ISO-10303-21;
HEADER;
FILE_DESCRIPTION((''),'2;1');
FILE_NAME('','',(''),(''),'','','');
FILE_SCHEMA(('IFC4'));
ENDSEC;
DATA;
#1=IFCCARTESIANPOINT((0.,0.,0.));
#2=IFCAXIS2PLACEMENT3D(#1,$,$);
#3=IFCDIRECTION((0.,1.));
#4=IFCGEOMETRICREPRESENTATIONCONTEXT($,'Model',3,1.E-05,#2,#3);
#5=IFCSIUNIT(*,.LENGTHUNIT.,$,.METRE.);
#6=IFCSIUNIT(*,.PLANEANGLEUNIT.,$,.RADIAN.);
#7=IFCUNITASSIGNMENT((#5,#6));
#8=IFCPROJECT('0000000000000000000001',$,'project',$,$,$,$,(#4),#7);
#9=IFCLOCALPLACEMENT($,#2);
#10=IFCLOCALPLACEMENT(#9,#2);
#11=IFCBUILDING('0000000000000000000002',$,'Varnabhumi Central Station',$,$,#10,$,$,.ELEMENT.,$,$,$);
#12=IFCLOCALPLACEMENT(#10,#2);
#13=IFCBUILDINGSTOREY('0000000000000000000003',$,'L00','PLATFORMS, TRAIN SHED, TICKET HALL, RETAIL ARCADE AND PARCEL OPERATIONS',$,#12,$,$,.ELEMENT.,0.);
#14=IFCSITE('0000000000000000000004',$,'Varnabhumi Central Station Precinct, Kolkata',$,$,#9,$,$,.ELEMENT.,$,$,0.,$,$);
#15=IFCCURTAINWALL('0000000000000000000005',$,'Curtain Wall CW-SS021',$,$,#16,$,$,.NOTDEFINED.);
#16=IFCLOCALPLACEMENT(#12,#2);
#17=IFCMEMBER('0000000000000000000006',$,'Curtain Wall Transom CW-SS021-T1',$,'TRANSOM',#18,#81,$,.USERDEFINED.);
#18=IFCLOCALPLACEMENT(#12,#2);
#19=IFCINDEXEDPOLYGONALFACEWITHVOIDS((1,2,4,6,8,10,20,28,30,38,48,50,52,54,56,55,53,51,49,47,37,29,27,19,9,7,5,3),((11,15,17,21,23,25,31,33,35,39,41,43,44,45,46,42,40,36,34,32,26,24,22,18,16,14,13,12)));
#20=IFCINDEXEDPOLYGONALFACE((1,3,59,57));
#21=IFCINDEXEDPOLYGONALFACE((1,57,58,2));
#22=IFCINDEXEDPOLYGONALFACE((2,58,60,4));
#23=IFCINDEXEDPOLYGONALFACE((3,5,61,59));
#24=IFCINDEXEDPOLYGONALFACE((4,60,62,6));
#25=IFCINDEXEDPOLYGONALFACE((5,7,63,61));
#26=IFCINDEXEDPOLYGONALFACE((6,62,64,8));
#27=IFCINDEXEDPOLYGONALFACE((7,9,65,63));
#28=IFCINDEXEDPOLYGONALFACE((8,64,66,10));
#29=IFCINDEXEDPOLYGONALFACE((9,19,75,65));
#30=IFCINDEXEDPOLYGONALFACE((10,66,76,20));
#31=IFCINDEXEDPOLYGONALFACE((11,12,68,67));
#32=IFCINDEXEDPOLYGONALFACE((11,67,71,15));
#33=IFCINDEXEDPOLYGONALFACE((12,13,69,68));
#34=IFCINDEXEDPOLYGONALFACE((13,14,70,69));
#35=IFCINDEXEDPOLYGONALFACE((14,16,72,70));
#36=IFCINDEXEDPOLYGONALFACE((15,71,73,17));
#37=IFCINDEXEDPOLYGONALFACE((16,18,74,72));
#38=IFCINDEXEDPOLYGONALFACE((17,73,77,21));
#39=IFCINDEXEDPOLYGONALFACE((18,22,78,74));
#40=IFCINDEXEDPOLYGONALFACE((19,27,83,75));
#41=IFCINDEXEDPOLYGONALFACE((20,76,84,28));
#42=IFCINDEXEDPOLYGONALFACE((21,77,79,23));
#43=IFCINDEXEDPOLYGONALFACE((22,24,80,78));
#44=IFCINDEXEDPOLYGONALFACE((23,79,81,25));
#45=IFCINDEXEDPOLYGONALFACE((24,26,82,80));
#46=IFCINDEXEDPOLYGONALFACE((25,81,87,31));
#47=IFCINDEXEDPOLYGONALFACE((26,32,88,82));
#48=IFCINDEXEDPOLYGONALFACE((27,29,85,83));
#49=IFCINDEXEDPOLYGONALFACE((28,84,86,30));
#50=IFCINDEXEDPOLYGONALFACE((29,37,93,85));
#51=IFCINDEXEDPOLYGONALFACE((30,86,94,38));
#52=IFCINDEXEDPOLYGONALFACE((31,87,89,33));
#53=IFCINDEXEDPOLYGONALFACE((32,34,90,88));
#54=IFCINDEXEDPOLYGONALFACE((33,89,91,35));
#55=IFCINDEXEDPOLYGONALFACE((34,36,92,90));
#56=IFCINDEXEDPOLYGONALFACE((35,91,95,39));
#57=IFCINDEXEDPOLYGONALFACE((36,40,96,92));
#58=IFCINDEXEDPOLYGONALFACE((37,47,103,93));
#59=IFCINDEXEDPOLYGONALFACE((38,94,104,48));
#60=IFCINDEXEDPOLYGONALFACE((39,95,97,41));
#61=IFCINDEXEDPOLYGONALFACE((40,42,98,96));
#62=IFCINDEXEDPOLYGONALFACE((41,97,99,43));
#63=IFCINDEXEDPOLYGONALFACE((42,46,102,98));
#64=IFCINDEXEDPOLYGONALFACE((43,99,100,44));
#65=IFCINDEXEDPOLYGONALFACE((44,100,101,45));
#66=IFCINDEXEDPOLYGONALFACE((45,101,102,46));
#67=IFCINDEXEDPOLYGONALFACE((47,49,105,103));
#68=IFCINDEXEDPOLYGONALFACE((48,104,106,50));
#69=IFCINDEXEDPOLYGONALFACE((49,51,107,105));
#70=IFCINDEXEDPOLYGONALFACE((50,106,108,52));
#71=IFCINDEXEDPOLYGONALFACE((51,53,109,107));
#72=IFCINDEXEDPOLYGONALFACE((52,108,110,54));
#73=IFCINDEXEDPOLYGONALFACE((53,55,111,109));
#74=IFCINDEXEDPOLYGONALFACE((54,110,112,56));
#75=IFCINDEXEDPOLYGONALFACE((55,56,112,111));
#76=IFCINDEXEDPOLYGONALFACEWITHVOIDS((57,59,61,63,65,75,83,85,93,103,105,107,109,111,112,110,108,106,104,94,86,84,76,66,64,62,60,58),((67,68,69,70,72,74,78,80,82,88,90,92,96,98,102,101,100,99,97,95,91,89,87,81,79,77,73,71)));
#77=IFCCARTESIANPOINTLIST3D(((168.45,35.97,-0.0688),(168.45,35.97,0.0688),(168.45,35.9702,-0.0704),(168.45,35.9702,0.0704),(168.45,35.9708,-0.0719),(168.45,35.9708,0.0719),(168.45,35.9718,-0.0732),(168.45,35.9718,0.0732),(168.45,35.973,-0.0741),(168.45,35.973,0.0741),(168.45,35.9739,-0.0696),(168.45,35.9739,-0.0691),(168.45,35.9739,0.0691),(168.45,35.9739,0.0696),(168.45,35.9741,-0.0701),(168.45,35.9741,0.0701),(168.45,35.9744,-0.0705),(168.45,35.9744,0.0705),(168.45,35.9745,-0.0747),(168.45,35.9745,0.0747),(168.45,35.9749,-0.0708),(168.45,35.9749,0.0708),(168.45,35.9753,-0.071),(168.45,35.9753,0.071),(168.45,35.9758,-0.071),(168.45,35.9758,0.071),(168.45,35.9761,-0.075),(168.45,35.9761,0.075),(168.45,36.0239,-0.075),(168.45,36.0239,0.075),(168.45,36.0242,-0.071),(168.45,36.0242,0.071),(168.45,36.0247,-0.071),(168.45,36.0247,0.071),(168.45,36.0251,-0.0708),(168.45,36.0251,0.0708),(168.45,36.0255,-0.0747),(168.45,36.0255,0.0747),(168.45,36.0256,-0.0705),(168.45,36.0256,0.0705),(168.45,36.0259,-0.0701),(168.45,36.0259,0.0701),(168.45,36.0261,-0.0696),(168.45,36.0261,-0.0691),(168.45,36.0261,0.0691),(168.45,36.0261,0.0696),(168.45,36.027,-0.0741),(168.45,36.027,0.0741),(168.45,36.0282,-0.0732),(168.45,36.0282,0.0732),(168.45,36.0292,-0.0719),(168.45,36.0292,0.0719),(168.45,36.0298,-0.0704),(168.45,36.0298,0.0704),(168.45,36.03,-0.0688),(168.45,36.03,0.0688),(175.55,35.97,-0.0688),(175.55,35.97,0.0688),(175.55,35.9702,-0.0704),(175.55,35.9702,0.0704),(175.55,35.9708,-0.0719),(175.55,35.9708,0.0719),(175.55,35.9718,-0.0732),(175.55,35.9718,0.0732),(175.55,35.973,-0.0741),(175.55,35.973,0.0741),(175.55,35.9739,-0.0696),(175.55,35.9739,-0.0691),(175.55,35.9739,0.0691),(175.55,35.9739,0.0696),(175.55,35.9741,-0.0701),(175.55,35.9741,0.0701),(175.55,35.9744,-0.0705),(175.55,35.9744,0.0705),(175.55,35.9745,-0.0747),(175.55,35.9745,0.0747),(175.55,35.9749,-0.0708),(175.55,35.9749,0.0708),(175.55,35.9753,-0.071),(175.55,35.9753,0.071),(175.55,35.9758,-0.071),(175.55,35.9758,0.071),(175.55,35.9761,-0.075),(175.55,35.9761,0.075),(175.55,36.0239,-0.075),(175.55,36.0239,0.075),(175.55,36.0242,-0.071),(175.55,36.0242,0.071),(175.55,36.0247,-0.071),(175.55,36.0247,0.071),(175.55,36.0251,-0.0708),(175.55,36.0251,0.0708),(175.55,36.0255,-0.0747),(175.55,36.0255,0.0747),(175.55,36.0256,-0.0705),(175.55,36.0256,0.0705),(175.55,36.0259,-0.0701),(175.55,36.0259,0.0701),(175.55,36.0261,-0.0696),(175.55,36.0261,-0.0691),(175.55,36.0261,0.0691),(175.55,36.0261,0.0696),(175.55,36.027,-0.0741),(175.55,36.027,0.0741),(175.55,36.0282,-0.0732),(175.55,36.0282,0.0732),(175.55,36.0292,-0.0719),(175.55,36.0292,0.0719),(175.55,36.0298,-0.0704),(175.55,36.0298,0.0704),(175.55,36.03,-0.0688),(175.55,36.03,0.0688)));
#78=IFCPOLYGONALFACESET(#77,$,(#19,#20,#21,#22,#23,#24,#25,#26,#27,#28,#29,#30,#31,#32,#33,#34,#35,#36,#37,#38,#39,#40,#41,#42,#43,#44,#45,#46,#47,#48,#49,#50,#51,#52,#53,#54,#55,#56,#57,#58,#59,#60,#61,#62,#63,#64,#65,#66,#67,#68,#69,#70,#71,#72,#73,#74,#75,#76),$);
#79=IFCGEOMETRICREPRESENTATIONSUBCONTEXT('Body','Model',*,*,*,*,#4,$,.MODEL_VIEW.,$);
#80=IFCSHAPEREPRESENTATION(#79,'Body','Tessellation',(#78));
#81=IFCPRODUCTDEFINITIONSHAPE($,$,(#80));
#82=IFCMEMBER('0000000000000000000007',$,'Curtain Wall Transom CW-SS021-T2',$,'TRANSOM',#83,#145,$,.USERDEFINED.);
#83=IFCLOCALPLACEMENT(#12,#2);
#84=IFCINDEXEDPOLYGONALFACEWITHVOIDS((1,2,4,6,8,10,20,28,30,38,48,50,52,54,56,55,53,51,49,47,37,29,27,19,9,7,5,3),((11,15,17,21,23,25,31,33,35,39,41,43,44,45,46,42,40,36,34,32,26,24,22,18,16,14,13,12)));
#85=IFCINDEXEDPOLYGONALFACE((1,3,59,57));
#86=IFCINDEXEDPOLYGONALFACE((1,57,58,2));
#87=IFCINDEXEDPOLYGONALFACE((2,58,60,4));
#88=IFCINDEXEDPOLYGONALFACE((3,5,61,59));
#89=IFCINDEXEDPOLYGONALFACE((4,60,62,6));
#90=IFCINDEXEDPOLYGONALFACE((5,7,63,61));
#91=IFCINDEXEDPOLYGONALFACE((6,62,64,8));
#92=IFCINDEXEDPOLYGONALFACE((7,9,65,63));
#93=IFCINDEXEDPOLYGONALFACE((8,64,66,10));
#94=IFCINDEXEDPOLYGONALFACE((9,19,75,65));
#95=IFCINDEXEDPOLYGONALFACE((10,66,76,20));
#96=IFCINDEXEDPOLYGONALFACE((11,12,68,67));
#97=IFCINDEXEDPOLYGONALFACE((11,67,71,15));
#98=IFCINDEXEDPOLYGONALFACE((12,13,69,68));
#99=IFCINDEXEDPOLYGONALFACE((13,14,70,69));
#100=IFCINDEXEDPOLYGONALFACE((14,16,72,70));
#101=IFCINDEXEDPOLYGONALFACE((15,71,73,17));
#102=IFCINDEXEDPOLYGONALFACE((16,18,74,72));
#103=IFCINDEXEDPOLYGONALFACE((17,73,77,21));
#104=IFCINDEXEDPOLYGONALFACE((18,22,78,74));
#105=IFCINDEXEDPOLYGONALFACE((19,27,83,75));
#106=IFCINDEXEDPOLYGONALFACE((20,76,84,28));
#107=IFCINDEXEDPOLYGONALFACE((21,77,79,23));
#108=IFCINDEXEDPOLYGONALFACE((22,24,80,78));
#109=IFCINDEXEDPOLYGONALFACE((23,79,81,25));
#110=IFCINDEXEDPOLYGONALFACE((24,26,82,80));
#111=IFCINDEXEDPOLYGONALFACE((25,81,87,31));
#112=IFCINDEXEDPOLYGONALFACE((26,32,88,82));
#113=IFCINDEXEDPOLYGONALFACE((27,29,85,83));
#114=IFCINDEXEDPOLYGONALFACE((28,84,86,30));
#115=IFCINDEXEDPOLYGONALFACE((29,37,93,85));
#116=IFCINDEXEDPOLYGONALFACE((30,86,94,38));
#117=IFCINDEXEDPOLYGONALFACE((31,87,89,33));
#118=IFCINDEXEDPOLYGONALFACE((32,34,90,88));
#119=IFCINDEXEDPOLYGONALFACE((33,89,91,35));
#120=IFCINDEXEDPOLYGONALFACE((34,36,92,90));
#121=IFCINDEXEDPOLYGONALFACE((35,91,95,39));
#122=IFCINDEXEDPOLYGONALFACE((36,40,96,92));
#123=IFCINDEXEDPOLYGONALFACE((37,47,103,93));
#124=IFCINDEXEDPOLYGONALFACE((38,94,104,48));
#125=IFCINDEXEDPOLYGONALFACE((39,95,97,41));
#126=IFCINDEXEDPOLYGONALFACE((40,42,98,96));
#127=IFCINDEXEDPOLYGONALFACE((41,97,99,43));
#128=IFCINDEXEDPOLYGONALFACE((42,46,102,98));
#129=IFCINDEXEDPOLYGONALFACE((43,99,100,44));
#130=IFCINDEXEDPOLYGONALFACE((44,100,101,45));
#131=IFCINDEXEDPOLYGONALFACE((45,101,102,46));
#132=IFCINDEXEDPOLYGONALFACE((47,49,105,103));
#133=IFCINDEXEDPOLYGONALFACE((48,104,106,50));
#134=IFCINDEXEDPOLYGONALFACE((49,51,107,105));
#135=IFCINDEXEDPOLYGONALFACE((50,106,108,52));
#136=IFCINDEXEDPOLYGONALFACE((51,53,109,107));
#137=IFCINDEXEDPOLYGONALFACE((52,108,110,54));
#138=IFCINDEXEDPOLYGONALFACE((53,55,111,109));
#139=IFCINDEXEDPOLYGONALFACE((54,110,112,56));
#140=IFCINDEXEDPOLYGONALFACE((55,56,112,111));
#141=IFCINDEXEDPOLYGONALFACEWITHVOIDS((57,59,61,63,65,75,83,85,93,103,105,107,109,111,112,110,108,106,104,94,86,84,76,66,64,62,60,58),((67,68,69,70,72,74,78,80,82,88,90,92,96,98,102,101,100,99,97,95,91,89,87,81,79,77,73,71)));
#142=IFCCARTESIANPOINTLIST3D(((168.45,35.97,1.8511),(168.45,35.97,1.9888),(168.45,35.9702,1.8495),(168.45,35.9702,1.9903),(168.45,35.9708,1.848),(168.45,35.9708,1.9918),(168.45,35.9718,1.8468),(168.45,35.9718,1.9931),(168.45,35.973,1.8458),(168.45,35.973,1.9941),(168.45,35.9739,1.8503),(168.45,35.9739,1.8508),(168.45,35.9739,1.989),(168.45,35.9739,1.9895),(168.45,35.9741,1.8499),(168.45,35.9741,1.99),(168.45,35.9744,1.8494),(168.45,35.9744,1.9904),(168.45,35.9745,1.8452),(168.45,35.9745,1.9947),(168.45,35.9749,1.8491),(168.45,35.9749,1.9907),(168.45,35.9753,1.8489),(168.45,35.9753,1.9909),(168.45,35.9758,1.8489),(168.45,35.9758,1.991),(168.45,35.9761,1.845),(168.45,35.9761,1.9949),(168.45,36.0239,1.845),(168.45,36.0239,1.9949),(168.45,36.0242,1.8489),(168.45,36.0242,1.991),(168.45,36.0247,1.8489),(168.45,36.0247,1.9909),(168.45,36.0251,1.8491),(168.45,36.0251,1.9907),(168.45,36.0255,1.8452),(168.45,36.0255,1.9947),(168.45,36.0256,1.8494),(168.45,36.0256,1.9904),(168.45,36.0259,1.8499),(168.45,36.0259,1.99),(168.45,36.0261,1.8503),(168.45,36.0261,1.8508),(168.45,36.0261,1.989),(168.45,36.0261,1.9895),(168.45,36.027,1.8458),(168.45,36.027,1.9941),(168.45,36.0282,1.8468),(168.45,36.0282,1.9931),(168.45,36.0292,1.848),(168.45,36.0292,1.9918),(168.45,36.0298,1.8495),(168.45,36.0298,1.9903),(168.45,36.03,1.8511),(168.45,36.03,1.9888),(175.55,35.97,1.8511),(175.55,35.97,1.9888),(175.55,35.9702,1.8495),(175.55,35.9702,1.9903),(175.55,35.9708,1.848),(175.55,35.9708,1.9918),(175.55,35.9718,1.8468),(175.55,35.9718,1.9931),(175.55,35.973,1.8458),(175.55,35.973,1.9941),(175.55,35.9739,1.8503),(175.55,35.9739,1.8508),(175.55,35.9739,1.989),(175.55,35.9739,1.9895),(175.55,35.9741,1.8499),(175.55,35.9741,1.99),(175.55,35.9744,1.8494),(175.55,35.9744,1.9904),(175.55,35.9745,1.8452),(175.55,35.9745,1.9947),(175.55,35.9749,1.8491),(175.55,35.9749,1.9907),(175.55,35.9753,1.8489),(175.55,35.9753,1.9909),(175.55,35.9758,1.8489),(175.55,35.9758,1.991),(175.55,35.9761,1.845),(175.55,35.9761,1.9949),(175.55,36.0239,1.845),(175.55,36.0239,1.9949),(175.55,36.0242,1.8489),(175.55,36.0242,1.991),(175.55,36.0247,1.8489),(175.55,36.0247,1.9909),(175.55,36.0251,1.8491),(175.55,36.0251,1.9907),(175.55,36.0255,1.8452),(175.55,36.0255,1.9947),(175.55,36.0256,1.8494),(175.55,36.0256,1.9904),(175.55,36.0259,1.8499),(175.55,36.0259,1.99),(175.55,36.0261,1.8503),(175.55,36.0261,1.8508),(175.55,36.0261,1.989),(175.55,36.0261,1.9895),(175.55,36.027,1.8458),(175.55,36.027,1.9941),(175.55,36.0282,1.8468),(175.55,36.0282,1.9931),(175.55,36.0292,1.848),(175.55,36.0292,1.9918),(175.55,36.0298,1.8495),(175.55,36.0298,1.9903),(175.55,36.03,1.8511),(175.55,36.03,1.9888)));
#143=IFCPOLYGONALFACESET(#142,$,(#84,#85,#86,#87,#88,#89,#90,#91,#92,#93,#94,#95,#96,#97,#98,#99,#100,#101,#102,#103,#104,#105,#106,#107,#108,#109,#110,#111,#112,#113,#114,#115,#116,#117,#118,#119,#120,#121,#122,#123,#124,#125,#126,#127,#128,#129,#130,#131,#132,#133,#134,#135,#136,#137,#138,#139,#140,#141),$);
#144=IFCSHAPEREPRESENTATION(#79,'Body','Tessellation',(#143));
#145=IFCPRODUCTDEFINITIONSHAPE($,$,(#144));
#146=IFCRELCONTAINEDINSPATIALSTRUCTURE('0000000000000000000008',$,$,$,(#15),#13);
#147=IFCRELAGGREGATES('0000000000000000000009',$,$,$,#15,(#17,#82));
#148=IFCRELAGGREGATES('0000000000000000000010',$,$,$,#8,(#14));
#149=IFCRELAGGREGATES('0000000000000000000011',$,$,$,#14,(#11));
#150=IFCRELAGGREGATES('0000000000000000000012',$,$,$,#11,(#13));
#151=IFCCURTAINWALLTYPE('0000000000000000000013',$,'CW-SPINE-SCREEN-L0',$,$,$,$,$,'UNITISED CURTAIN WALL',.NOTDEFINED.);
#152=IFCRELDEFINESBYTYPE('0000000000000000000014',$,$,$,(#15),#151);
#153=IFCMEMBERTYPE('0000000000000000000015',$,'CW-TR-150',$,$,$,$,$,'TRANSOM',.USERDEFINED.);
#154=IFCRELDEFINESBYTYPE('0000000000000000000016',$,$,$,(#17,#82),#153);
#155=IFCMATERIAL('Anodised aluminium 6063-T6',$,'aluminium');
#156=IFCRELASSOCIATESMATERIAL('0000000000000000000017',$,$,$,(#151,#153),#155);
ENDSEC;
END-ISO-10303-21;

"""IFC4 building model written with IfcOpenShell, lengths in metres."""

from ifc_helpers import new_model, si_unit, direction, frame, origin, origin_2d, place, context, subcontext, project, spatial, hollow_rectangle, extrude, material, material_profile, profile_set, type_object, element, aggregate, save


model = new_model("IFC4")

# Units and contexts
model_context = context("Model", 3, precision=1e-05, world=origin(), true_north=direction((0.0, 1.0)))
body_context = subcontext(model_context, "Body", "Model", "MODEL_VIEW")
ifc_project = project(units=[si_unit("LENGTHUNIT", "METRE"), si_unit("PLANEANGLEUNIT", "RADIAN")], contexts=[model_context])

# Site, building, storey
site_placement = place(None, origin())
site = spatial("IfcSite", under=ifc_project, at=site_placement, Name="Varnabhumi Central Station Precinct, Kolkata", CompositionType="ELEMENT", RefElevation=0.0)
building_placement = place(site_placement, origin())
building = spatial("IfcBuilding", under=site, at=building_placement, Name="Varnabhumi Central Station", CompositionType="ELEMENT")
storey_placement = place(building_placement, origin())
storey = spatial("IfcBuildingStorey", under=building, at=storey_placement, Name="L00", Description="PLATFORMS, TRAIN SHED, TICKET HALL, RETAIL ARCADE AND PARCEL OPERATIONS", CompositionType="ELEMENT", Elevation=0.0)

# Curtain wall, members
ifc_material_1 = material(Name="Anodised aluminium 6063-T6", Category="aluminium")
curtain_wall_type = type_object("IfcCurtainWallType", Name="CW-SPINE-SCREEN-L0", ElementType="UNITISED CURTAIN WALL", PredefinedType="NOTDEFINED", material=ifc_material_1)
curtain_wall_placement = place(storey_placement, origin())
curtain_wall = element("IfcCurtainWall", 1, at=curtain_wall_placement, inside=storey, type_object=curtain_wall_type, Name="Curtain Wall CW-SS021", PredefinedType="NOTDEFINED")
ifc_material_profile_1 = material_profile(ifc_material_1, hollow_rectangle(XDim=0.0601, YDim=0.1499, WallThickness=0.0039, InnerFilletRadius=0.002, OuterFilletRadius=0.0061, at=origin_2d()), Name="Anodised aluminium 6063-T6", Category="aluminium")
ifc_profile_set_1 = profile_set([ifc_material_profile_1], Name="Anodised aluminium 6063-T6")
member_type_1 = type_object("IfcMemberType", Name="CW-TR-150", ElementType="TRANSOM", PredefinedType="USERDEFINED", material=ifc_profile_set_1)
member_1_placement = place(storey_placement, frame((168.45, 36.0, 0.0), z_axis=(1.0, 0.0, 0.0), x_axis=(0.0, 1.0, 0.0)))
member_1 = element("IfcMember", 2, at=member_1_placement, type_object=member_type_1, Name="Curtain Wall Transom CW-SS021-T1", ObjectType="TRANSOM", PredefinedType="USERDEFINED", context=body_context, shape_type="SweptSolid", body=[
    extrude(hollow_rectangle(XDim=0.0601, YDim=0.1499, WallThickness=0.0039, InnerFilletRadius=0.002, OuterFilletRadius=0.0061, at=origin_2d()), origin(), (0.0, 0.0, 1.0), 7.1001),
])
member_2_placement = place(storey_placement, frame((168.45, 36.0, 1.9199), z_axis=(1.0, 0.0, 0.0), x_axis=(0.0, 1.0, 0.0)))
member_2 = element("IfcMember", 3, at=member_2_placement, type_object=member_type_1, Name="Curtain Wall Transom CW-SS021-T2", ObjectType="TRANSOM", PredefinedType="USERDEFINED", context=body_context, shape_type="SweptSolid", body=[
    extrude(hollow_rectangle(XDim=0.0601, YDim=0.1499, WallThickness=0.0039, InnerFilletRadius=0.002, OuterFilletRadius=0.0061, at=origin_2d()), origin(), (0.0, 0.0, 1.0), 7.1001),
])
aggregate(curtain_wall, [member_1, member_2])

save(model, "model.ifc")
